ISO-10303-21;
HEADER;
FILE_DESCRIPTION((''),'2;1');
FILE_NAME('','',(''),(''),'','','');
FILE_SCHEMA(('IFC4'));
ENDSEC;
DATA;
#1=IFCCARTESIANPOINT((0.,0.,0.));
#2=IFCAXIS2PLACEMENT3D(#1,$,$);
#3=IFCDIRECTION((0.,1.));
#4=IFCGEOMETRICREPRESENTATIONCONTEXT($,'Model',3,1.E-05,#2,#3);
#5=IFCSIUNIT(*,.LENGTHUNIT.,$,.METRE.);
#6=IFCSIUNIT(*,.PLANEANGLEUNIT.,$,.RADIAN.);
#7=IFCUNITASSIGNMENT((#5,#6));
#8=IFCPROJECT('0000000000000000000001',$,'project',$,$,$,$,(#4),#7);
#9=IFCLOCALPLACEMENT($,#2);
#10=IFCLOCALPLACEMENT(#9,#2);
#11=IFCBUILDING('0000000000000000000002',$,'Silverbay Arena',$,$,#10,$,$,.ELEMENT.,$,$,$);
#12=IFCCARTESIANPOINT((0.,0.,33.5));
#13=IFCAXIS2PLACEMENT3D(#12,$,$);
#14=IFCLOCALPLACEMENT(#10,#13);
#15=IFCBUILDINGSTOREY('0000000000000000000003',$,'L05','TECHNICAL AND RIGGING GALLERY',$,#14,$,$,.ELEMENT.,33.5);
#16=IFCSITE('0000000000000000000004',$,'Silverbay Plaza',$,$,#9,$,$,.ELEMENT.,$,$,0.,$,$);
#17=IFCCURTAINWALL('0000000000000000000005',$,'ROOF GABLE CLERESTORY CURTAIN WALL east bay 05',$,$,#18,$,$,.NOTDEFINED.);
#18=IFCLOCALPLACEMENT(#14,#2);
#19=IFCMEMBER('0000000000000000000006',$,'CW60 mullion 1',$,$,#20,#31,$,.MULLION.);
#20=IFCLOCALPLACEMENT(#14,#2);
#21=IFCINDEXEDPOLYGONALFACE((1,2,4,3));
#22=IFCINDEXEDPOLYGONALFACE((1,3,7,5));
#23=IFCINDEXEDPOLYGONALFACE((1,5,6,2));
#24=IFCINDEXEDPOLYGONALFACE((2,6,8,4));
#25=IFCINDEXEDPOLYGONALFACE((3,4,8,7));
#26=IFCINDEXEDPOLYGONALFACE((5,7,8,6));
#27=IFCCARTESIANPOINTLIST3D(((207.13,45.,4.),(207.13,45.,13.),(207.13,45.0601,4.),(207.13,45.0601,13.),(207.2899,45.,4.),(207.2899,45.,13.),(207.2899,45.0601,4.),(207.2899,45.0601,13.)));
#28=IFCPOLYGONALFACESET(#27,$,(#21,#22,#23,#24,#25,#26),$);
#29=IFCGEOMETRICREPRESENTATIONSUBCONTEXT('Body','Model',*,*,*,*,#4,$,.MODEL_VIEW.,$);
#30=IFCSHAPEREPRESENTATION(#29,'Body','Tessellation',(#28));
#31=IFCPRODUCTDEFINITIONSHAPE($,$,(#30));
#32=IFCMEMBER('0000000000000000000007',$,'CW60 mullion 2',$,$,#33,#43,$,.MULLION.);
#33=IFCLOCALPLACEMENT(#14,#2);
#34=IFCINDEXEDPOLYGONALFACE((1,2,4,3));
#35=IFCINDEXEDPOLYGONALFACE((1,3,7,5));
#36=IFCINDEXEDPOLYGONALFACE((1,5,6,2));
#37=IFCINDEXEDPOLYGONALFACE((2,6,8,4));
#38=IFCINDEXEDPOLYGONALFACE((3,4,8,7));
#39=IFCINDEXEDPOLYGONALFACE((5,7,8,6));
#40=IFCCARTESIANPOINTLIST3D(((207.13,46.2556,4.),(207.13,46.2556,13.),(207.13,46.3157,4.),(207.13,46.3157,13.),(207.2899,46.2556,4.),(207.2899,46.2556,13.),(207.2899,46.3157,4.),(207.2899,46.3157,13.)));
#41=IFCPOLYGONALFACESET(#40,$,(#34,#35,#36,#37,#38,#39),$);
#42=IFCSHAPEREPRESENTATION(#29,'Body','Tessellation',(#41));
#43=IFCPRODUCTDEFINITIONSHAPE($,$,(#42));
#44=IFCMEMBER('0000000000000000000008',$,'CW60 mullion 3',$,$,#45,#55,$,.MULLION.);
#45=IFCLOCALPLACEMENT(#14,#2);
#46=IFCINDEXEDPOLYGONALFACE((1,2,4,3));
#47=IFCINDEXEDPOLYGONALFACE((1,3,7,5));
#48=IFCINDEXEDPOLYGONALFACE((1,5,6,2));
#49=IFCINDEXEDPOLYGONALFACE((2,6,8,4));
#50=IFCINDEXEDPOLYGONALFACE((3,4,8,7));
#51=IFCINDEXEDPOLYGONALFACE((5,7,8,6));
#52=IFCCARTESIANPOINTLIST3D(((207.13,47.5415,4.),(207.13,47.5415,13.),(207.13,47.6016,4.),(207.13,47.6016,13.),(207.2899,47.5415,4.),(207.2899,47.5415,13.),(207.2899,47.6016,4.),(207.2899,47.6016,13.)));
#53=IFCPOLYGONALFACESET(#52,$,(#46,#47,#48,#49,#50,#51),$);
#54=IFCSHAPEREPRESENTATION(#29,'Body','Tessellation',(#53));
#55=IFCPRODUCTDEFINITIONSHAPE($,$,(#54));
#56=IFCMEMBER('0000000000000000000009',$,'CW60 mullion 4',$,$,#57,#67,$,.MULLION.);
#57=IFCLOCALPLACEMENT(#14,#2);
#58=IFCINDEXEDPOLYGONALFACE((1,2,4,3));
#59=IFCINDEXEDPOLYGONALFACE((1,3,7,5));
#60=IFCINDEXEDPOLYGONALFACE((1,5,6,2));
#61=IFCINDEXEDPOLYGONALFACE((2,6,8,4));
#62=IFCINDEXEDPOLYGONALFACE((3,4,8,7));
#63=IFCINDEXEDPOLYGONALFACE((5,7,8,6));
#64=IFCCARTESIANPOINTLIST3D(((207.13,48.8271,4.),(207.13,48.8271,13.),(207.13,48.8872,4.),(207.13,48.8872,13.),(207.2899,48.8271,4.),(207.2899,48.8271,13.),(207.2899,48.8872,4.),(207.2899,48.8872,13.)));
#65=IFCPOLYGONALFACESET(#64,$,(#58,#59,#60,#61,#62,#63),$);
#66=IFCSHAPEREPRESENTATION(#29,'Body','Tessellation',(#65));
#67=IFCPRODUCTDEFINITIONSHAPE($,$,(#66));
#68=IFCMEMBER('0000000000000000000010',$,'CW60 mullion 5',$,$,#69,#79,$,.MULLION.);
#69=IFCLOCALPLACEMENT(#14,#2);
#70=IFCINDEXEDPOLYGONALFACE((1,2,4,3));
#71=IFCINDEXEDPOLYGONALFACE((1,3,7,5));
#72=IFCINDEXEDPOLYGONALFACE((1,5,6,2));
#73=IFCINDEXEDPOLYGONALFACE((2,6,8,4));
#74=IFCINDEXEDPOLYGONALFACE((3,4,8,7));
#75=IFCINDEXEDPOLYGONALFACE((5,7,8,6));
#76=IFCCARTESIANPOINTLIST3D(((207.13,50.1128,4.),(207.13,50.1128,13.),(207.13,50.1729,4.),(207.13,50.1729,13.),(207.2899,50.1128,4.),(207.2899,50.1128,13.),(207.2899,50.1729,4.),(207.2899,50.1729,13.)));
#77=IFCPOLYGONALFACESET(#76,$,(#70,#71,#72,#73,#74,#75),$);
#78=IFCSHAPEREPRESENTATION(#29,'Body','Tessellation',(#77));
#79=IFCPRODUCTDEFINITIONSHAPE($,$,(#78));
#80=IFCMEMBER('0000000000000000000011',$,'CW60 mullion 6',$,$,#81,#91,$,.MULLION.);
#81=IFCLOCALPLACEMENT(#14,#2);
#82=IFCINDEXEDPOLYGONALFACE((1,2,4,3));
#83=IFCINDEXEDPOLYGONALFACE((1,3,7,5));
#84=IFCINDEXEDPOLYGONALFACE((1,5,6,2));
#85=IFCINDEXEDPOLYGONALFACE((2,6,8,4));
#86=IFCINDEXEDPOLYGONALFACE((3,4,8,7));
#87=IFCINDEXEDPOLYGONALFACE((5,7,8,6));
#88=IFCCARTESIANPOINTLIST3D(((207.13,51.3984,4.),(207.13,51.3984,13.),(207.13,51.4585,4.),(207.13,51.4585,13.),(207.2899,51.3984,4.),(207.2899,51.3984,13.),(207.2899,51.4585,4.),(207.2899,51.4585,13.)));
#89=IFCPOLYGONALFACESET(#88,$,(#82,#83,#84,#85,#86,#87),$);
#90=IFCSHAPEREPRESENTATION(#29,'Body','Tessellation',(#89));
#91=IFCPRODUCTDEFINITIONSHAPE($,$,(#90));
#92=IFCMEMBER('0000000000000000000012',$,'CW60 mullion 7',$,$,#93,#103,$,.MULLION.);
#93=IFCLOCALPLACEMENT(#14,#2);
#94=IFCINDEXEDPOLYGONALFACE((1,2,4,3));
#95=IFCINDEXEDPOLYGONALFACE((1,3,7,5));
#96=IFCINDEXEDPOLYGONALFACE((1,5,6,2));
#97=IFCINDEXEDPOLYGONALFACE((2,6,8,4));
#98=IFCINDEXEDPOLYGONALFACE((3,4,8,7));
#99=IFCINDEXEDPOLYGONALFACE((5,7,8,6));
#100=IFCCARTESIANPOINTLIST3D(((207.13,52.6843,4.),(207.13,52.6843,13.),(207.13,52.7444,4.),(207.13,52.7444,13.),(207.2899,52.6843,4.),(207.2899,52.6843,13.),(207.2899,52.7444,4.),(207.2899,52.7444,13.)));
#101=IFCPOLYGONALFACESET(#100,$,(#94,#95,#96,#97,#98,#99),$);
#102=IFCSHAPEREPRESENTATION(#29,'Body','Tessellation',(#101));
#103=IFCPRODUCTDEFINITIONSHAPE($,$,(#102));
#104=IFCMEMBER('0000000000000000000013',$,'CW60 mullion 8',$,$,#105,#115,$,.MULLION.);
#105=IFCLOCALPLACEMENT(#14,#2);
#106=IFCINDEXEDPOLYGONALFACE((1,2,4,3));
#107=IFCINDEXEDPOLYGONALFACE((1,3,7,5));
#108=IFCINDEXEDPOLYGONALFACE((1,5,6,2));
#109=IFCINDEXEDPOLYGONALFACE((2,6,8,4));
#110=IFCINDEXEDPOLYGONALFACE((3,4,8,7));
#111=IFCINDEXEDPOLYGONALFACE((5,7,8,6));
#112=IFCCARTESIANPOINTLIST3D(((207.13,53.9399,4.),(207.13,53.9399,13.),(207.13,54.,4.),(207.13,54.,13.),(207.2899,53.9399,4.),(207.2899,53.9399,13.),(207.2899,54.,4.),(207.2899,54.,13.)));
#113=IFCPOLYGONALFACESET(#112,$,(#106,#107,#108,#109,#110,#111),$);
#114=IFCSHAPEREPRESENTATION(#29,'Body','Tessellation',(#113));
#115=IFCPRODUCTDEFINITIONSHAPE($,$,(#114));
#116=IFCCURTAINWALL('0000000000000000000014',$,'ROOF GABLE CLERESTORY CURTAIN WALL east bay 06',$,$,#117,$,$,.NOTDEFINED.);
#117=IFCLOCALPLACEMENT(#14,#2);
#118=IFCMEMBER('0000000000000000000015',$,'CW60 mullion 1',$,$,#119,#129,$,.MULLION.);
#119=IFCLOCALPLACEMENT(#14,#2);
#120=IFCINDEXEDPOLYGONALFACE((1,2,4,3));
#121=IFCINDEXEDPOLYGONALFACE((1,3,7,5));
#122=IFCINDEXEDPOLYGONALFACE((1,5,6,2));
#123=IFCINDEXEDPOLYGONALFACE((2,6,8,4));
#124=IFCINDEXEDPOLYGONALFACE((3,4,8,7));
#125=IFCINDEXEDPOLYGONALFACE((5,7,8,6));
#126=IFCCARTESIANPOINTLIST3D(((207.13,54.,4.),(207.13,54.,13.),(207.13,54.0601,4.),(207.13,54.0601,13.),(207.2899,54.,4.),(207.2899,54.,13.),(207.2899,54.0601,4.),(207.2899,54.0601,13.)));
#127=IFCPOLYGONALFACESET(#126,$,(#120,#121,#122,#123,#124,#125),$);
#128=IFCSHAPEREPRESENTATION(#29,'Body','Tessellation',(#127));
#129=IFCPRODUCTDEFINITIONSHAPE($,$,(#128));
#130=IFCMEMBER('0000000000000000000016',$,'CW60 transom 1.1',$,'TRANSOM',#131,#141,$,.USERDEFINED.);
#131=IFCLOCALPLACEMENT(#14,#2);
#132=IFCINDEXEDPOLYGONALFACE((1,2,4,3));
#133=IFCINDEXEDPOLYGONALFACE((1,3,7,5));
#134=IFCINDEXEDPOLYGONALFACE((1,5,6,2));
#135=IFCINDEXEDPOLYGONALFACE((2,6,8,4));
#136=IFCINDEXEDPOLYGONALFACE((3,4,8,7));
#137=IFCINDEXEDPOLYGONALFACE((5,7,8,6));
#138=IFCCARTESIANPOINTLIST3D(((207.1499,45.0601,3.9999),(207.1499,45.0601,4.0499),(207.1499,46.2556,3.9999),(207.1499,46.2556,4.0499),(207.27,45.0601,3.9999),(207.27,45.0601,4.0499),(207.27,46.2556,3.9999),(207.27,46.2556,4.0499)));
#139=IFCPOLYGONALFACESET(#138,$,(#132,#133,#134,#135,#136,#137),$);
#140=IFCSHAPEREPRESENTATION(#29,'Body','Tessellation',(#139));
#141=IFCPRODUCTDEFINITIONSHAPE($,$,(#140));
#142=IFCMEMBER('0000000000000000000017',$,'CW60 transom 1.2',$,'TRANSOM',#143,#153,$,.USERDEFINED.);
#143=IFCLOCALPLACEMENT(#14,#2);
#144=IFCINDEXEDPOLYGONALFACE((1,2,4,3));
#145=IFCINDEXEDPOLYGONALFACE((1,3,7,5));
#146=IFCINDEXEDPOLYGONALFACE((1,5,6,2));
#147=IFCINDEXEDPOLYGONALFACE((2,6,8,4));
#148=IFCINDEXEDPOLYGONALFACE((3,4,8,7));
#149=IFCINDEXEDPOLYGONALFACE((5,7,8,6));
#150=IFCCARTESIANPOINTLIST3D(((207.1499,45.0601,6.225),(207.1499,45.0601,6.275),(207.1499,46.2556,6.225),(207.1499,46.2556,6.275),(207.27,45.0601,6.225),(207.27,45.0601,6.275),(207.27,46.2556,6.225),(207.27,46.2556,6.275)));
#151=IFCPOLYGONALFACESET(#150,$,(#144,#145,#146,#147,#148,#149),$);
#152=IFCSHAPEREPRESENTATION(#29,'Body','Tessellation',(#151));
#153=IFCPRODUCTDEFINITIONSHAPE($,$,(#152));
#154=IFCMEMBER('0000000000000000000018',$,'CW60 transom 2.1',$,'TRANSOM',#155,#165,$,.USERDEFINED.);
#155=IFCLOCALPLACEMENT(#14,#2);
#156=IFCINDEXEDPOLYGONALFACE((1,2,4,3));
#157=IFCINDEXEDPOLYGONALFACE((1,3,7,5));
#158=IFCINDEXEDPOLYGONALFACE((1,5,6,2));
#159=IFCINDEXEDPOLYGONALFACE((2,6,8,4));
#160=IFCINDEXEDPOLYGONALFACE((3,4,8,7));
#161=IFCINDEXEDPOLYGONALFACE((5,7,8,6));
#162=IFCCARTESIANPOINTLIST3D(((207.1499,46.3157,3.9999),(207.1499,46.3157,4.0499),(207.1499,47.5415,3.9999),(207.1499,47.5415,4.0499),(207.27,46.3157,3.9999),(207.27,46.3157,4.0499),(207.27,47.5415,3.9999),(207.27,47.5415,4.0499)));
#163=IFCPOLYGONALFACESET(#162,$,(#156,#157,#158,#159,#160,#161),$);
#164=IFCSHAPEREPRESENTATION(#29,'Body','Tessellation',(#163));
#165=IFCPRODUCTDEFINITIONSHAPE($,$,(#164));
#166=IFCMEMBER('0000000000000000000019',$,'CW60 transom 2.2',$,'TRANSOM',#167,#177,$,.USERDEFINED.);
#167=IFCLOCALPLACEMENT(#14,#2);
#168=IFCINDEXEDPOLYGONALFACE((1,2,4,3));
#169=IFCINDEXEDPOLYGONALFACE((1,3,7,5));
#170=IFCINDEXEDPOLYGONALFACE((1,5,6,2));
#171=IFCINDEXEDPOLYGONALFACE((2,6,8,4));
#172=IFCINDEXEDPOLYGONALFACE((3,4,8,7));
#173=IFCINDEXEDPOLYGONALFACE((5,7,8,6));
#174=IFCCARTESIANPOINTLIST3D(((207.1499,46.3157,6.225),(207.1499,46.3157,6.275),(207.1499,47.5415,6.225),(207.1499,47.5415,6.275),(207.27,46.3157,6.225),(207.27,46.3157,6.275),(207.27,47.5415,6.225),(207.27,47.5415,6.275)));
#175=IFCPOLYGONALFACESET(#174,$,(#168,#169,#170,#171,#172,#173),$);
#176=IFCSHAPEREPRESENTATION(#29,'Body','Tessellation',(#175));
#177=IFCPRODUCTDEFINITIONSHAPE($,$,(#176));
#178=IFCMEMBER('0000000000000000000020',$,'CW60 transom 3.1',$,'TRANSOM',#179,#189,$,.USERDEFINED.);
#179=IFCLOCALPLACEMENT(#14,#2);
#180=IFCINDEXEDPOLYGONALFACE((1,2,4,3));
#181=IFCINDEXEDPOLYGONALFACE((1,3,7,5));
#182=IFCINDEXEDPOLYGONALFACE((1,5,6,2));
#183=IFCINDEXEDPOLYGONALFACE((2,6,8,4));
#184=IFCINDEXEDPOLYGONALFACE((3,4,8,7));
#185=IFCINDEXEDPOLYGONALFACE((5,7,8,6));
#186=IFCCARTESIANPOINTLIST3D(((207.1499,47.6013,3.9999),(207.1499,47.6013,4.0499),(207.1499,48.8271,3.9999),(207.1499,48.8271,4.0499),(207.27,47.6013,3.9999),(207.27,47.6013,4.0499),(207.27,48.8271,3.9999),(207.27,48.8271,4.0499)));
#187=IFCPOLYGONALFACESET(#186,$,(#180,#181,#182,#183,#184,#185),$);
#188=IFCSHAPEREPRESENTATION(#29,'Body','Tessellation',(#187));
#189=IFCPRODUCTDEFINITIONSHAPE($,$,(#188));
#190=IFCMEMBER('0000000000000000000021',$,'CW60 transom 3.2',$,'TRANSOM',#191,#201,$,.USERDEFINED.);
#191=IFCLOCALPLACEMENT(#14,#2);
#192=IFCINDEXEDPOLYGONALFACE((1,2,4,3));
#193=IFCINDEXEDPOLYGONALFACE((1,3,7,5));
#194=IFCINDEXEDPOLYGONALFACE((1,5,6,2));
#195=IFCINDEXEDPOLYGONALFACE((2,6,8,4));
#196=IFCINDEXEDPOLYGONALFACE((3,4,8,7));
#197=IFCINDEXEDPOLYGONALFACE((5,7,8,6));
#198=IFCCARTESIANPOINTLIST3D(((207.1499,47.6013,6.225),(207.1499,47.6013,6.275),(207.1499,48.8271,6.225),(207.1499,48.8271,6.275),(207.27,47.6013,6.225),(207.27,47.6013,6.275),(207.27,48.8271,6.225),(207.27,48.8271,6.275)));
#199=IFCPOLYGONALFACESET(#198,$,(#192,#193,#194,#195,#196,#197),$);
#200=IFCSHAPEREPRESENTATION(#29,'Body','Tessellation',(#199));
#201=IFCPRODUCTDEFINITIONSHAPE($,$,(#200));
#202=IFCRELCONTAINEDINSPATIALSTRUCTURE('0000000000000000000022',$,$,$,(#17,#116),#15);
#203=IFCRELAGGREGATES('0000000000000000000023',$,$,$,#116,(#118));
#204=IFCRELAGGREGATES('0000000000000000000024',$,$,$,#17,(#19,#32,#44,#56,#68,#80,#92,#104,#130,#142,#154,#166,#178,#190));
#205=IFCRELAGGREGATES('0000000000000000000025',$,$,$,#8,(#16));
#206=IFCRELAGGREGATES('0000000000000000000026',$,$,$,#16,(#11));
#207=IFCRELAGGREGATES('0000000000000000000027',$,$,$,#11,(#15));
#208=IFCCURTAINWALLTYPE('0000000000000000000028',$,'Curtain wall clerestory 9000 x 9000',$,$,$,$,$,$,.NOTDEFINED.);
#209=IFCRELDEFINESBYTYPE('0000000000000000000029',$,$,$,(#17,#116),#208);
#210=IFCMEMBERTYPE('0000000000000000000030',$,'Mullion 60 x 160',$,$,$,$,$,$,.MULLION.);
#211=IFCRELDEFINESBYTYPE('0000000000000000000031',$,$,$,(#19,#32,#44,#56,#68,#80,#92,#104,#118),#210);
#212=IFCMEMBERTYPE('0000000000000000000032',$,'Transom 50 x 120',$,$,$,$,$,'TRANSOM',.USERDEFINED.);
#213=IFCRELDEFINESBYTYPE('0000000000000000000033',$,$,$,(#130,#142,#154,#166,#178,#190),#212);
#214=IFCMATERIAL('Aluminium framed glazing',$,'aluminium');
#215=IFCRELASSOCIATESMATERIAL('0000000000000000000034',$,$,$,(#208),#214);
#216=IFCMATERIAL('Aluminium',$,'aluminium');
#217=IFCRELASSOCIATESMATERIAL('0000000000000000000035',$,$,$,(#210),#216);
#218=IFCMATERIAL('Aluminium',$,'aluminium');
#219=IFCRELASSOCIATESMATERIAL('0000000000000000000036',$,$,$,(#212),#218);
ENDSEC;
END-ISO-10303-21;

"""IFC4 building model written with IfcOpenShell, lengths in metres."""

from ifc_helpers import new_model, si_unit, direction, frame, origin, origin_2d, place, context, subcontext, project, spatial, rectangle, extrude, material, material_profile, profile_set, type_object, element, aggregate, save


model = new_model("IFC4")

# Units and contexts
model_context = context("Model", 3, precision=1e-05, world=origin(), true_north=direction((0.0, 1.0)))
body_context = subcontext(model_context, "Body", "Model", "MODEL_VIEW")
ifc_project = project(units=[si_unit("LENGTHUNIT", "METRE"), si_unit("PLANEANGLEUNIT", "RADIAN")], contexts=[model_context])

# Site, building, storey
site_placement = place(None, origin())
site = spatial("IfcSite", under=ifc_project, at=site_placement, Name="Silverbay Plaza", CompositionType="ELEMENT", RefElevation=0.0)
building_placement = place(site_placement, origin())
building = spatial("IfcBuilding", under=site, at=building_placement, Name="Silverbay Arena", CompositionType="ELEMENT")
storey_placement = place(building_placement, frame((0.0, 0.0, 33.5)))
storey = spatial("IfcBuildingStorey", under=building, at=storey_placement, Name="L05", Description="TECHNICAL AND RIGGING GALLERY", CompositionType="ELEMENT", Elevation=33.5)

# Curtain wall, members
ifc_material_1 = material(Name="Aluminium framed glazing", Category="aluminium")
curtain_wall_type = type_object("IfcCurtainWallType", Name="Curtain wall clerestory 9000 x 9000", PredefinedType="NOTDEFINED", material=ifc_material_1)
curtain_wall_1_placement = place(storey_placement, origin())
curtain_wall_1 = element("IfcCurtainWall", 1, at=curtain_wall_1_placement, inside=storey, type_object=curtain_wall_type, Name="ROOF GABLE CLERESTORY CURTAIN WALL east bay 05", PredefinedType="NOTDEFINED")
ifc_material_2 = material(Name="Aluminium", Category="aluminium")
ifc_material_profile_1 = material_profile(ifc_material_2, rectangle(XDim=0.1599, YDim=0.0601, at=origin_2d()), Name="Mullion 60 x 160")
ifc_profile_set_1 = profile_set([ifc_material_profile_1], Name="Aluminium")
member_type_1 = type_object("IfcMemberType", Name="Mullion 60 x 160", PredefinedType="MULLION", material=ifc_profile_set_1)
member_1_placement = place(storey_placement, frame((207.21, 45.03, 4.0), z_axis=(0.0, 0.0, 1.0), x_axis=(-1.0, 0.0, 0.0)))
member_1 = element("IfcMember", 2, at=member_1_placement, type_object=member_type_1, Name="CW60 mullion 1", PredefinedType="MULLION", context=body_context, shape_type="SweptSolid", body=[
    extrude(rectangle(XDim=0.1599, YDim=0.0601, at=origin_2d()), origin(), (0.0, 0.0, 1.0), 9.0),
])
member_2_placement = place(storey_placement, frame((207.21, 46.2856, 4.0), z_axis=(0.0, 0.0, 1.0), x_axis=(-1.0, 0.0, 0.0)))
member_2 = element("IfcMember", 3, at=member_2_placement, type_object=member_type_1, Name="CW60 mullion 2", PredefinedType="MULLION", context=body_context, shape_type="SweptSolid", body=[
    extrude(rectangle(XDim=0.1599, YDim=0.0601, at=origin_2d()), origin(), (0.0, 0.0, 1.0), 9.0),
])
member_3_placement = place(storey_placement, frame((207.21, 47.5715, 4.0), z_axis=(0.0, 0.0, 1.0), x_axis=(-1.0, 0.0, 0.0)))
member_3 = element("IfcMember", 4, at=member_3_placement, type_object=member_type_1, Name="CW60 mullion 3", PredefinedType="MULLION", context=body_context, shape_type="SweptSolid", body=[
    extrude(rectangle(XDim=0.1599, YDim=0.0601, at=origin_2d()), origin(), (0.0, 0.0, 1.0), 9.0),
])
member_4_placement = place(storey_placement, frame((207.21, 48.8572, 4.0), z_axis=(0.0, 0.0, 1.0), x_axis=(-1.0, 0.0, 0.0)))
member_4 = element("IfcMember", 5, at=member_4_placement, type_object=member_type_1, Name="CW60 mullion 4", PredefinedType="MULLION", context=body_context, shape_type="SweptSolid", body=[
    extrude(rectangle(XDim=0.1599, YDim=0.0601, at=origin_2d()), origin(), (0.0, 0.0, 1.0), 9.0),
])
member_5_placement = place(storey_placement, frame((207.21, 50.1428, 4.0), z_axis=(0.0, 0.0, 1.0), x_axis=(-1.0, 0.0, 0.0)))
member_5 = element("IfcMember", 6, at=member_5_placement, type_object=member_type_1, Name="CW60 mullion 5", PredefinedType="MULLION", context=body_context, shape_type="SweptSolid", body=[
    extrude(rectangle(XDim=0.1599, YDim=0.0601, at=origin_2d()), origin(), (0.0, 0.0, 1.0), 9.0),
])
member_6_placement = place(storey_placement, frame((207.21, 51.4285, 4.0), z_axis=(0.0, 0.0, 1.0), x_axis=(-1.0, 0.0, 0.0)))
member_6 = element("IfcMember", 7, at=member_6_placement, type_object=member_type_1, Name="CW60 mullion 6", PredefinedType="MULLION", context=body_context, shape_type="SweptSolid", body=[
    extrude(rectangle(XDim=0.1599, YDim=0.0601, at=origin_2d()), origin(), (0.0, 0.0, 1.0), 9.0),
])
member_7_placement = place(storey_placement, frame((207.21, 52.7144, 4.0), z_axis=(0.0, 0.0, 1.0), x_axis=(-1.0, 0.0, 0.0)))
member_7 = element("IfcMember", 8, at=member_7_placement, type_object=member_type_1, Name="CW60 mullion 7", PredefinedType="MULLION", context=body_context, shape_type="SweptSolid", body=[
    extrude(rectangle(XDim=0.1599, YDim=0.0601, at=origin_2d()), origin(), (0.0, 0.0, 1.0), 9.0),
])
member_8_placement = place(storey_placement, frame((207.21, 53.97, 4.0), z_axis=(0.0, 0.0, 1.0), x_axis=(-1.0, 0.0, 0.0)))
member_8 = element("IfcMember", 9, at=member_8_placement, type_object=member_type_1, Name="CW60 mullion 8", PredefinedType="MULLION", context=body_context, shape_type="SweptSolid", body=[
    extrude(rectangle(XDim=0.1599, YDim=0.0601, at=origin_2d()), origin(), (0.0, 0.0, 1.0), 9.0),
])

# Curtain wall, member
curtain_wall_2_placement = place(storey_placement, origin())
curtain_wall_2 = element("IfcCurtainWall", 10, at=curtain_wall_2_placement, inside=storey, type_object=curtain_wall_type, Name="ROOF GABLE CLERESTORY CURTAIN WALL east bay 06", PredefinedType="NOTDEFINED")
member_9_placement = place(storey_placement, frame((207.21, 54.03, 4.0), z_axis=(0.0, 0.0, 1.0), x_axis=(-1.0, 0.0, 0.0)))
member_9 = element("IfcMember", 11, at=member_9_placement, type_object=member_type_1, Name="CW60 mullion 1", PredefinedType="MULLION", context=body_context, shape_type="SweptSolid", body=[
    extrude(rectangle(XDim=0.1599, YDim=0.0601, at=origin_2d()), origin(), (0.0, 0.0, 1.0), 9.0),
])
aggregate(curtain_wall_2, [member_9])

# Members
ifc_material_3 = material(Name="Aluminium", Category="aluminium")
ifc_material_profile_2 = material_profile(ifc_material_3, rectangle(XDim=0.1201, YDim=0.05, at=origin_2d()), Name="Transom 50 x 120")
ifc_profile_set_2 = profile_set([ifc_material_profile_2], Name="Aluminium")
member_type_2 = type_object("IfcMemberType", Name="Transom 50 x 120", ElementType="TRANSOM", PredefinedType="USERDEFINED", material=ifc_profile_set_2)
member_10_placement = place(storey_placement, frame((207.21, 45.0601, 4.0249), z_axis=(0.0, 1.0, 0.0), x_axis=(-1.0, 0.0, 0.0)))
member_10 = element("IfcMember", 12, at=member_10_placement, type_object=member_type_2, Name="CW60 transom 1.1", ObjectType="TRANSOM", PredefinedType="USERDEFINED", context=body_context, shape_type="SweptSolid", body=[
    extrude(rectangle(XDim=0.1201, YDim=0.05, at=origin_2d()), origin(), (0.0, 0.0, 1.0), 1.1956),
])
member_11_placement = place(storey_placement, frame((207.21, 45.0601, 6.25), z_axis=(0.0, 1.0, 0.0), x_axis=(-1.0, 0.0, 0.0)))
member_11 = element("IfcMember", 13, at=member_11_placement, type_object=member_type_2, Name="CW60 transom 1.2", ObjectType="TRANSOM", PredefinedType="USERDEFINED", context=body_context, shape_type="SweptSolid", body=[
    extrude(rectangle(XDim=0.1201, YDim=0.05, at=origin_2d()), origin(), (0.0, 0.0, 1.0), 1.1956),
])
member_12_placement = place(storey_placement, frame((207.21, 46.3157, 4.0249), z_axis=(0.0, 1.0, 0.0), x_axis=(-1.0, 0.0, 0.0)))
member_12 = element("IfcMember", 14, at=member_12_placement, type_object=member_type_2, Name="CW60 transom 2.1", ObjectType="TRANSOM", PredefinedType="USERDEFINED", context=body_context, shape_type="SweptSolid", body=[
    extrude(rectangle(XDim=0.1201, YDim=0.05, at=origin_2d()), origin(), (0.0, 0.0, 1.0), 1.2258),
])
member_13_placement = place(storey_placement, frame((207.21, 46.3157, 6.25), z_axis=(0.0, 1.0, 0.0), x_axis=(-1.0, 0.0, 0.0)))
member_13 = element("IfcMember", 15, at=member_13_placement, type_object=member_type_2, Name="CW60 transom 2.2", ObjectType="TRANSOM", PredefinedType="USERDEFINED", context=body_context, shape_type="SweptSolid", body=[
    extrude(rectangle(XDim=0.1201, YDim=0.05, at=origin_2d()), origin(), (0.0, 0.0, 1.0), 1.2258),
])
member_14_placement = place(storey_placement, frame((207.21, 47.6013, 4.0249), z_axis=(0.0, 1.0, 0.0), x_axis=(-1.0, 0.0, 0.0)))
member_14 = element("IfcMember", 16, at=member_14_placement, type_object=member_type_2, Name="CW60 transom 3.1", ObjectType="TRANSOM", PredefinedType="USERDEFINED", context=body_context, shape_type="SweptSolid", body=[
    extrude(rectangle(XDim=0.1201, YDim=0.05, at=origin_2d()), origin(), (0.0, 0.0, 1.0), 1.2258),
])
member_15_placement = place(storey_placement, frame((207.21, 47.6013, 6.25), z_axis=(0.0, 1.0, 0.0), x_axis=(-1.0, 0.0, 0.0)))
member_15 = element("IfcMember", 17, at=member_15_placement, type_object=member_type_2, Name="CW60 transom 3.2", ObjectType="TRANSOM", PredefinedType="USERDEFINED", context=body_context, shape_type="SweptSolid", body=[
    extrude(rectangle(XDim=0.1201, YDim=0.05, at=origin_2d()), origin(), (0.0, 0.0, 1.0), 1.2258),
])

aggregate(curtain_wall_1, [member_1, member_2, member_3, member_4, member_5, member_6, member_7, member_8, member_10, member_11, member_12, member_13, member_14, member_15])

save(model, "model.ifc")
